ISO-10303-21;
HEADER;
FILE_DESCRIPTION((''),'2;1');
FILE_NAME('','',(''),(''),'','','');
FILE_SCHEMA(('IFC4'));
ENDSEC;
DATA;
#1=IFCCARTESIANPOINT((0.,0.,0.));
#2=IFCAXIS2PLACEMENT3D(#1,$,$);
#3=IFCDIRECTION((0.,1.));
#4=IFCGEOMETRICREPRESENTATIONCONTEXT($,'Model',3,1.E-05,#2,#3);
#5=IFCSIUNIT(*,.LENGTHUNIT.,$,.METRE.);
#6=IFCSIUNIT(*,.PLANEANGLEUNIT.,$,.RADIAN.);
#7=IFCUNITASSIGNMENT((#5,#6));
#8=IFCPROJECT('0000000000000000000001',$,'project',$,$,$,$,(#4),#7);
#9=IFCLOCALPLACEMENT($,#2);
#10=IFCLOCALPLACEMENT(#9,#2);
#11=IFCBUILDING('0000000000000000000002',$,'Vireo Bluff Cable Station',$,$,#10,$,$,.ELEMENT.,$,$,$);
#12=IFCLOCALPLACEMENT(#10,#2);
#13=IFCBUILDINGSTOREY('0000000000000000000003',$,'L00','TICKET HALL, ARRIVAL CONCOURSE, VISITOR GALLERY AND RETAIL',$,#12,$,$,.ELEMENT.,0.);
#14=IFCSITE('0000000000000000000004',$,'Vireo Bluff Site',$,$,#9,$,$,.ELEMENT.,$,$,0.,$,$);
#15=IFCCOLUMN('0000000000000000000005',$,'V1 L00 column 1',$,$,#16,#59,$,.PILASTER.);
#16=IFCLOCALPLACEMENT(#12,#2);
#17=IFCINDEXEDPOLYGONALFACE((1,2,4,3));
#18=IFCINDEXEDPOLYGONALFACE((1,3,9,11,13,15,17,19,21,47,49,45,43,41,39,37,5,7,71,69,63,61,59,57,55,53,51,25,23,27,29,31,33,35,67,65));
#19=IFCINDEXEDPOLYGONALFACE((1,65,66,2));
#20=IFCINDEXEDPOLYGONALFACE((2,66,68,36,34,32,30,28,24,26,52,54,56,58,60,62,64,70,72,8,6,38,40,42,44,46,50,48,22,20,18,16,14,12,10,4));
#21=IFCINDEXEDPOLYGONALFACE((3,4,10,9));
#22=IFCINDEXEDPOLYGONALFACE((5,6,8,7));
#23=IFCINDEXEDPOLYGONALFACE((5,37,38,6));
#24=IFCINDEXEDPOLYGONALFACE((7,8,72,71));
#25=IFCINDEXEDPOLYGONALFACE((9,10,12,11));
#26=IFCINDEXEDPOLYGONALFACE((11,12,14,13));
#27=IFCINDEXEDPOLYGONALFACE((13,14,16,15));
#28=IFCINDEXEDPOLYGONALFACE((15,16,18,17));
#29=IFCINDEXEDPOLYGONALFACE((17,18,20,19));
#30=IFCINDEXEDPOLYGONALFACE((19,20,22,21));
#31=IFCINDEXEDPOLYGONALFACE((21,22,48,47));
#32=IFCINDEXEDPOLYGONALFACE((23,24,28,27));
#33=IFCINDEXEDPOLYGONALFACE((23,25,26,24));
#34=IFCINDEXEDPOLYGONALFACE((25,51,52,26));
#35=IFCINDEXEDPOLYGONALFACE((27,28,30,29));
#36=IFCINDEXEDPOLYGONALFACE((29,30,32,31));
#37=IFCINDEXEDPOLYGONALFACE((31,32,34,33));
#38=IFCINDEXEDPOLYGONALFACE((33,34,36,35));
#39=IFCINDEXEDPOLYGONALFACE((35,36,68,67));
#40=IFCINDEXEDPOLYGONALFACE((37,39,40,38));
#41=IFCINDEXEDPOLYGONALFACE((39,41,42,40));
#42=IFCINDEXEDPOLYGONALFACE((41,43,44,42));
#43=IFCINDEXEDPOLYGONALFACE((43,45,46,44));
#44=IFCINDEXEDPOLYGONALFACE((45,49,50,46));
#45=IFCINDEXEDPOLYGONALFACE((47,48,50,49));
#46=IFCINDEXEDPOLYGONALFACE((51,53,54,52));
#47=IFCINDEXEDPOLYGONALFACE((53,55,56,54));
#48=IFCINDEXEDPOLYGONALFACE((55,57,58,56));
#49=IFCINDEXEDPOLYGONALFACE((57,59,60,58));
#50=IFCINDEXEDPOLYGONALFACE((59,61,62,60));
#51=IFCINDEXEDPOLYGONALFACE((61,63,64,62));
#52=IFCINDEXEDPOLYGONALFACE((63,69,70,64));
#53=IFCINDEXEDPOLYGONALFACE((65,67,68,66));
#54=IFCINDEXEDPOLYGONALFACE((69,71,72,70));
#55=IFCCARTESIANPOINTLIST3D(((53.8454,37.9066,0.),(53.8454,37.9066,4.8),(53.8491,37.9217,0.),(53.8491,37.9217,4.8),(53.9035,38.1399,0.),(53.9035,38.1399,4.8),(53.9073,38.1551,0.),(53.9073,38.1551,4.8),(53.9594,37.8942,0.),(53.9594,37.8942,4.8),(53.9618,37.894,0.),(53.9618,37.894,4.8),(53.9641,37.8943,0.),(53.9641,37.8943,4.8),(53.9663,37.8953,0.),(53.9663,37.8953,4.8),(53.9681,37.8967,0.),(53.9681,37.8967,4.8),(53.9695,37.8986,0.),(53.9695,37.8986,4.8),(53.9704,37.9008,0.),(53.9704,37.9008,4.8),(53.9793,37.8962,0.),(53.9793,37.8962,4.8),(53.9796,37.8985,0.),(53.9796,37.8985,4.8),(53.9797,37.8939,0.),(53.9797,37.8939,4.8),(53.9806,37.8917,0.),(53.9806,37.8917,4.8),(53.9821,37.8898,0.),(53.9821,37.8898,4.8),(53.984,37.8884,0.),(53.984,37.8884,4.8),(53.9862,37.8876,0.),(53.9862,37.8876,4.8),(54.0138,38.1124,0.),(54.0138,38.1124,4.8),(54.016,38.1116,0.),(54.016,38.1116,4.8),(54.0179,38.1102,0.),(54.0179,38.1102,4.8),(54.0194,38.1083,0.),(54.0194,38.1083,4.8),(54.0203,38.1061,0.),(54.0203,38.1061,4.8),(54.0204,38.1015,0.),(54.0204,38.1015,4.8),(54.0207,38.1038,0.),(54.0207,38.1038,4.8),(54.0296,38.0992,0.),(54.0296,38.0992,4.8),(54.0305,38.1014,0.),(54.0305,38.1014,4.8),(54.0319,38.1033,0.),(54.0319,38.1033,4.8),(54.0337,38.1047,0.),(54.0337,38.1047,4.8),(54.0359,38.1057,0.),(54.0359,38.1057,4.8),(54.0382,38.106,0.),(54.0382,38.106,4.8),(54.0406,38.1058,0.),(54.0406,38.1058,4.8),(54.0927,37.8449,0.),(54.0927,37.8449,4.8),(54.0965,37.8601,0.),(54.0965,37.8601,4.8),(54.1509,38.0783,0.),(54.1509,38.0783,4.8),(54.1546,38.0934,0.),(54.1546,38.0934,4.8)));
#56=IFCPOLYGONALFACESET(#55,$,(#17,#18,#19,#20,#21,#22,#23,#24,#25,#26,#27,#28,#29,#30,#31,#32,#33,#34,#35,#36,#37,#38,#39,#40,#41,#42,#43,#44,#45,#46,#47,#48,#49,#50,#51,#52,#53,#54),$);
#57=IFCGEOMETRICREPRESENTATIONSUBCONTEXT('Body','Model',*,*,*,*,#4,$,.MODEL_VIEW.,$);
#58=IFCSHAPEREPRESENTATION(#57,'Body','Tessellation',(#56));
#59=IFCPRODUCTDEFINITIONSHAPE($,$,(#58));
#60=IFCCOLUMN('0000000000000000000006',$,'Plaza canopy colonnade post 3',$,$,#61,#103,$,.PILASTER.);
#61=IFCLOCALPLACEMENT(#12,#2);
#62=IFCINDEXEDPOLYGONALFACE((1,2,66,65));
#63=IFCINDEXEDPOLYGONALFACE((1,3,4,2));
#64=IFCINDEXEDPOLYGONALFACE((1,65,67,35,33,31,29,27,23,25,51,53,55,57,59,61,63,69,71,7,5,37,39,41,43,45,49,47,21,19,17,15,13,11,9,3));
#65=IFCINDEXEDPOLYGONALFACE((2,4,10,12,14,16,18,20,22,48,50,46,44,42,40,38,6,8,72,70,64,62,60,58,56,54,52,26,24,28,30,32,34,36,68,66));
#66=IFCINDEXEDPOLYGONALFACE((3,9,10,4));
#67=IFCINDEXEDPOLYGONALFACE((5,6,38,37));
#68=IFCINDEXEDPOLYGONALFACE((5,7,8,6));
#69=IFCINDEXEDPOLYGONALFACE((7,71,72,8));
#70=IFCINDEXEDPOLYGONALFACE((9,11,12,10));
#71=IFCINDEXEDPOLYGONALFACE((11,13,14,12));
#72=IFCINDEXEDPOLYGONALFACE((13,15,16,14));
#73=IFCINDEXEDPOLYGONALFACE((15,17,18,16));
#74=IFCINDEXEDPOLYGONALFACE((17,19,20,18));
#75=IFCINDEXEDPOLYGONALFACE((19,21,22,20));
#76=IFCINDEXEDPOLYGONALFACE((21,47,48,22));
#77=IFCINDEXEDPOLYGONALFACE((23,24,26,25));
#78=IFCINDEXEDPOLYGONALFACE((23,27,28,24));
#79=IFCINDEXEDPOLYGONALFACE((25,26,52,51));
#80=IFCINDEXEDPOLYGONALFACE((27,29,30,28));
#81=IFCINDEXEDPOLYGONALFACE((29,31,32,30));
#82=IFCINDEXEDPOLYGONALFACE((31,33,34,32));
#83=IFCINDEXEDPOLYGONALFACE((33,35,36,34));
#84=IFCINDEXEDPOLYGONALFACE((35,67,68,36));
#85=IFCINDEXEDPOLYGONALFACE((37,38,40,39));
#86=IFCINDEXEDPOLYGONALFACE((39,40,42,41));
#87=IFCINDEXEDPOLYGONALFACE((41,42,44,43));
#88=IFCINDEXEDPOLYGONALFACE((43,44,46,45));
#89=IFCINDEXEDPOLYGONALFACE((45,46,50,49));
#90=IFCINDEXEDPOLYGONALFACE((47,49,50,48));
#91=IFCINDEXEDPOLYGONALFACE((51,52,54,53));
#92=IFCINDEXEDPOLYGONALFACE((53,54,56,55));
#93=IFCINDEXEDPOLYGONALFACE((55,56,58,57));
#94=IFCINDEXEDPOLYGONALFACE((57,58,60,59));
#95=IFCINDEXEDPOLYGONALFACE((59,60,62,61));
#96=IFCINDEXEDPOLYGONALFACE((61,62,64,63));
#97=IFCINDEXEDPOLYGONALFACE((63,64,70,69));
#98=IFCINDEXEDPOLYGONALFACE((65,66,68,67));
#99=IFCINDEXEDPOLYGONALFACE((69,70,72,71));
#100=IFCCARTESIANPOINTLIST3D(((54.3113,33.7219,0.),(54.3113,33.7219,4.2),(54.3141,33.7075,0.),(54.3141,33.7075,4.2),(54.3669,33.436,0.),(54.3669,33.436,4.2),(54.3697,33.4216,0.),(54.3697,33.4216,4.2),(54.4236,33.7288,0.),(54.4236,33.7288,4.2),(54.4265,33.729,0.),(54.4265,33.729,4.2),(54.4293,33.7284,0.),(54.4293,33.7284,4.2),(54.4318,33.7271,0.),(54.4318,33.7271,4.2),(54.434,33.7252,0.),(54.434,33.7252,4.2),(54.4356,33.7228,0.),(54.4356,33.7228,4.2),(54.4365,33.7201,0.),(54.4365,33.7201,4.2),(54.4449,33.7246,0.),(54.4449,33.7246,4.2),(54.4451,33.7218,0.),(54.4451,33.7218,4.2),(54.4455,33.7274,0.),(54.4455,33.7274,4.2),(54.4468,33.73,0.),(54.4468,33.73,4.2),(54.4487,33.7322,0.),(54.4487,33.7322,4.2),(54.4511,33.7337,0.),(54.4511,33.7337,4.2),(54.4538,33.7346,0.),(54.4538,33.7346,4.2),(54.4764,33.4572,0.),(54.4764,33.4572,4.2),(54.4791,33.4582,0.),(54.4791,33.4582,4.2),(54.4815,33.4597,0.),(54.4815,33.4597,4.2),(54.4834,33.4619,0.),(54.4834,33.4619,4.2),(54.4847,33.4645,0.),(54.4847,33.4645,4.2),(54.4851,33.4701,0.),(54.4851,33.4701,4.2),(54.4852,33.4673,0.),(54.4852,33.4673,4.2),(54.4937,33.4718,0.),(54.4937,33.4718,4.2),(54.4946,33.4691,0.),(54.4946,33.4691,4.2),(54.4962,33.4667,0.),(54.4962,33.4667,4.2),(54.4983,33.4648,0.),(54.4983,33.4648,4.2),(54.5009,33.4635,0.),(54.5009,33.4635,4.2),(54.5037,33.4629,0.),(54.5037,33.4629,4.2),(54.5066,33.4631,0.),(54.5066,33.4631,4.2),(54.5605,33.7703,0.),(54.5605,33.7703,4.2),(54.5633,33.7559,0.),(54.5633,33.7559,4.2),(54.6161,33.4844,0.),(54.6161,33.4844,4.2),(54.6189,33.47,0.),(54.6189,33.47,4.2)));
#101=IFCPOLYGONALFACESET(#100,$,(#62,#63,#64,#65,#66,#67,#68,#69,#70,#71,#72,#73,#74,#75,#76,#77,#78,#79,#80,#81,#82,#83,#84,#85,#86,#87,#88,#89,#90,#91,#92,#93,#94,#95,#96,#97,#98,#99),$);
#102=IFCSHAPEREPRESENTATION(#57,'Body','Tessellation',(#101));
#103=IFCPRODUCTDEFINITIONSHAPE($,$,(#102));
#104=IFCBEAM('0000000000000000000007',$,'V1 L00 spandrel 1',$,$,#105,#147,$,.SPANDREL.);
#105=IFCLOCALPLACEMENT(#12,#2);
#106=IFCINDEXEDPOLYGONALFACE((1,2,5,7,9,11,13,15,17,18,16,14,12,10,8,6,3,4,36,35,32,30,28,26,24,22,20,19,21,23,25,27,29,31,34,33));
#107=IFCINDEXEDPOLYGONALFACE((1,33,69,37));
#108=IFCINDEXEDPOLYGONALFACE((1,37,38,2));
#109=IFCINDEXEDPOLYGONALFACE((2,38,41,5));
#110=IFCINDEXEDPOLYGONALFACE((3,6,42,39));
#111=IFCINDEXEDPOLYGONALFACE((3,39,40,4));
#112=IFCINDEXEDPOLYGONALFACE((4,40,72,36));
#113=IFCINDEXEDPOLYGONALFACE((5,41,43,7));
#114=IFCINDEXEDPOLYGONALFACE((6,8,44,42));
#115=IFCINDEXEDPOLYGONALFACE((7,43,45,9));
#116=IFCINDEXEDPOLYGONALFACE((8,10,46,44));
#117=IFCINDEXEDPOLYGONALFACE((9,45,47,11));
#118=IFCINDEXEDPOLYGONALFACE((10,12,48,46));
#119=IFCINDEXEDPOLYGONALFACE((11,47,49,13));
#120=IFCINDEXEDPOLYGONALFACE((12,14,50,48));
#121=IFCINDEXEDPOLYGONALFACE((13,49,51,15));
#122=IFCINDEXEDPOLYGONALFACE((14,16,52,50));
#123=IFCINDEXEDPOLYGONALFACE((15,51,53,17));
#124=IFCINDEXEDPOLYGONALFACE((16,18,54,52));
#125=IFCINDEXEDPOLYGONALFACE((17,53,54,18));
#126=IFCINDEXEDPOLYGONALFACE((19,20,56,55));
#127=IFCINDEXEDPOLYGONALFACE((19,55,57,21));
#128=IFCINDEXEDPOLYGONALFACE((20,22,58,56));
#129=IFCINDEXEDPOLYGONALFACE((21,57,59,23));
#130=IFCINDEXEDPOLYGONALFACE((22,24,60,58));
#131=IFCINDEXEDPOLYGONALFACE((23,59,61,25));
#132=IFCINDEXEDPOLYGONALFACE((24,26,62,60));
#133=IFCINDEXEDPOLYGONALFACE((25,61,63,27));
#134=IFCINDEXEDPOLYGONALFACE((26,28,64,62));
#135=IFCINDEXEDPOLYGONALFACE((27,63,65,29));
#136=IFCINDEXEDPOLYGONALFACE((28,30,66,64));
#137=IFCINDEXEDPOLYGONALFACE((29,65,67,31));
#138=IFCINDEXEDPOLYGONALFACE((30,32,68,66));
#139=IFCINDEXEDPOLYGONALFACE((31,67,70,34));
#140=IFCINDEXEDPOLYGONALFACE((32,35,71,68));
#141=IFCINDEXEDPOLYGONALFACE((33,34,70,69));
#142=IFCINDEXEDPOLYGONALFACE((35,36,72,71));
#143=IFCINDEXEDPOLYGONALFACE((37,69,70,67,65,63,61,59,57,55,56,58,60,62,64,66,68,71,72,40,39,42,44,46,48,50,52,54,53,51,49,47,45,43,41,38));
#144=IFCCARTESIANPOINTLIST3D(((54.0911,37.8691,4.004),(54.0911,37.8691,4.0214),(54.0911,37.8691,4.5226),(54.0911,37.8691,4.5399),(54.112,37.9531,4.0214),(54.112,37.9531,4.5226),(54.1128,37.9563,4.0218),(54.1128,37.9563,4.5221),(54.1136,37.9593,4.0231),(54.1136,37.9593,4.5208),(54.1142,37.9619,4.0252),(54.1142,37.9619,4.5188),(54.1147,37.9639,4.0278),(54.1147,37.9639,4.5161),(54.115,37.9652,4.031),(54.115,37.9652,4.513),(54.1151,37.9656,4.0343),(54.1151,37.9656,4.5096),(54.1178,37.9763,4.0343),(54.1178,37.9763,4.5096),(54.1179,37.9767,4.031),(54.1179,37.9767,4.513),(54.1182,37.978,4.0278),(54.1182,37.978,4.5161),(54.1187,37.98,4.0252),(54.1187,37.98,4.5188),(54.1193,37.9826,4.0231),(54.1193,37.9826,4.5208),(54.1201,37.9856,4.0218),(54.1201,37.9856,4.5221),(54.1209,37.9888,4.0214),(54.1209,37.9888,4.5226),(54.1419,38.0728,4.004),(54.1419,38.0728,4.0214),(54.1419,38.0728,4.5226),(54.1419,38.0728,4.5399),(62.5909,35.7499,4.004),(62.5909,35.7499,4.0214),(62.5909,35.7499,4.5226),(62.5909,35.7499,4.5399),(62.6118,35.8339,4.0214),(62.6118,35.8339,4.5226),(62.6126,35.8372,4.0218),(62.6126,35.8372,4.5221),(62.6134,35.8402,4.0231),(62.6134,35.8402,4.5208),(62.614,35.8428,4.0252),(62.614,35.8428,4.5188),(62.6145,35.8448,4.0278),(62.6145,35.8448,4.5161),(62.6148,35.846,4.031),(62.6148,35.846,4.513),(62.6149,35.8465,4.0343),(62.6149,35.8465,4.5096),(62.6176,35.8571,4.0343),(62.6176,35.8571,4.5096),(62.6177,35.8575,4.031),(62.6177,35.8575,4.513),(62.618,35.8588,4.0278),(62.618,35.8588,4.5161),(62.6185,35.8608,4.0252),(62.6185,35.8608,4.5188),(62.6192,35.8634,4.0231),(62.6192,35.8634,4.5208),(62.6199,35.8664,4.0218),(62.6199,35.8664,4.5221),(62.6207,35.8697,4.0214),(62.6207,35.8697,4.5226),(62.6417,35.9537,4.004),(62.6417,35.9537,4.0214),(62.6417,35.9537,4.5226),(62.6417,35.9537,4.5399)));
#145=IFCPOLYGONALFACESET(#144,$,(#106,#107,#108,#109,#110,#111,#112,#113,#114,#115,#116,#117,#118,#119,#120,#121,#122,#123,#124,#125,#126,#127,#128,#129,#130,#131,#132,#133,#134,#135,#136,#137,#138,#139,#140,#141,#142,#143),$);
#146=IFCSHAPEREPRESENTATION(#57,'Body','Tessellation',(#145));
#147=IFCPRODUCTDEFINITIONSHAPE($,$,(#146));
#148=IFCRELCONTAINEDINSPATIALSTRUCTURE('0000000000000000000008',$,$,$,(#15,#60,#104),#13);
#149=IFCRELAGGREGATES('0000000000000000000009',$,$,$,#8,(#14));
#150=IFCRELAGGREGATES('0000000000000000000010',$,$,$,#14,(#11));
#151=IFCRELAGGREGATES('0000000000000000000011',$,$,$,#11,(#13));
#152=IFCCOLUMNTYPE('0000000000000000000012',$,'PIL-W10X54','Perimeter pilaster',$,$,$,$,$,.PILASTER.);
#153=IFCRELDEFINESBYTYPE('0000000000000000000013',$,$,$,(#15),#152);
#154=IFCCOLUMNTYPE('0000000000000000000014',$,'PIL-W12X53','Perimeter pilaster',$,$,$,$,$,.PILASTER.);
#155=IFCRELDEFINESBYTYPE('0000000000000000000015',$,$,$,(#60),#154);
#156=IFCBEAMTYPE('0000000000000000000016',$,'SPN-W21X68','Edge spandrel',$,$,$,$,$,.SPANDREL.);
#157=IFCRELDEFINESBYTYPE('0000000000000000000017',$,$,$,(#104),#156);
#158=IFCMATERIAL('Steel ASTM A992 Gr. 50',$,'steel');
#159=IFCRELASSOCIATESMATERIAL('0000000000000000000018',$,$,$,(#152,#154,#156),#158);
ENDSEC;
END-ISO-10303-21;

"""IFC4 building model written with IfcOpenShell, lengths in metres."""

from ifc_helpers import new_model, si_unit, direction, frame, origin, origin_2d, place, context, subcontext, project, spatial, i_section, extrude, material, material_profile, profile_set, type_object, element, save


model = new_model("IFC4")

# Units and contexts
model_context = context("Model", 3, precision=1e-05, world=origin(), true_north=direction((0.0, 1.0)))
body_context = subcontext(model_context, "Body", "Model", "MODEL_VIEW")
ifc_project = project(units=[si_unit("LENGTHUNIT", "METRE"), si_unit("PLANEANGLEUNIT", "RADIAN")], contexts=[model_context])

# Site, building, storey
site_placement = place(None, origin())
site = spatial("IfcSite", under=ifc_project, at=site_placement, Name="Vireo Bluff Site", CompositionType="ELEMENT", RefElevation=0.0)
building_placement = place(site_placement, origin())
building = spatial("IfcBuilding", under=site, at=building_placement, Name="Vireo Bluff Cable Station", CompositionType="ELEMENT")
storey_placement = place(building_placement, origin())
storey = spatial("IfcBuildingStorey", under=building, at=storey_placement, Name="L00", Description="TICKET HALL, ARRIVAL CONCOURSE, VISITOR GALLERY AND RETAIL", CompositionType="ELEMENT", Elevation=0.0)

# Columns
ifc_material_1 = material(Name="Steel ASTM A992 Gr. 50", Category="steel")
ifc_material_profile_1 = material_profile(ifc_material_1, i_section(OverallWidth=0.2549, OverallDepth=0.2561, WebThickness=0.0095, FlangeThickness=0.0156, FilletRadius=0.009, at=origin_2d()), Name="W10X54")
ifc_profile_set_1 = profile_set([ifc_material_profile_1], Name="Steel ASTM A992 Gr. 50")
column_type_1 = type_object("IfcColumnType", Name="PIL-W10X54", Description="Perimeter pilaster", PredefinedType="PILASTER", material=ifc_profile_set_1)
column_1_placement = place(storey_placement, frame((54.0, 38.0, 0.0), z_axis=(0.0, 0.0, 1.0), x_axis=(0.970296, -0.241922, 0.0)))
element("IfcColumn", 1, at=column_1_placement, inside=storey, type_object=column_type_1, Name="V1 L00 column 1", PredefinedType="PILASTER", context=body_context, shape_type="SweptSolid", body=[
    extrude(i_section(OverallWidth=0.2549, OverallDepth=0.2561, WebThickness=0.0095, FlangeThickness=0.0156, FilletRadius=0.009, at=origin_2d()), origin(), (0.0, 0.0, 1.0), 4.8),
])
ifc_material_profile_2 = material_profile(ifc_material_1, i_section(OverallWidth=0.2539, OverallDepth=0.3059, WebThickness=0.0088, FlangeThickness=0.0146, FilletRadius=0.011, at=origin_2d()), Name="W12X53")
ifc_profile_set_2 = profile_set([ifc_material_profile_2], Name="Steel ASTM A992 Gr. 50")
column_type_2 = type_object("IfcColumnType", Name="PIL-W12X53", Description="Perimeter pilaster", PredefinedType="PILASTER", material=ifc_profile_set_2)
column_2_placement = place(storey_placement, frame((54.4651, 33.5959, 0.0), z_axis=(0.0, 0.0, 1.0), x_axis=(0.981627, 0.190809, 0.0)))
element("IfcColumn", 2, at=column_2_placement, inside=storey, type_object=column_type_2, Name="Plaza canopy colonnade post 3", PredefinedType="PILASTER", context=body_context, shape_type="SweptSolid", body=[
    extrude(i_section(OverallWidth=0.2539, OverallDepth=0.3059, WebThickness=0.0088, FlangeThickness=0.0146, FilletRadius=0.011, at=origin_2d()), origin(), (0.0, 0.0, 1.0), 4.2),
])

# Beam
ifc_material_profile_3 = material_profile(ifc_material_1, i_section(OverallWidth=0.21, OverallDepth=0.5359, WebThickness=0.011, FlangeThickness=0.0173, FilletRadius=0.0129, at=origin_2d()), Name="W21X68")
ifc_profile_set_3 = profile_set([ifc_material_profile_3], Name="Steel ASTM A992 Gr. 50")
beam_type_1 = type_object("IfcBeamType", Name="SPN-W21X68", Description="Edge spandrel", PredefinedType="SPANDREL", material=ifc_profile_set_3)
beam_1_placement = place(storey_placement, frame((54.1165, 37.9709, 4.272), z_axis=(0.970298, -0.241913, 0.0), x_axis=(0.241913, 0.970298, 0.0)))
element("IfcBeam", 3, at=beam_1_placement, inside=storey, type_object=beam_type_1, Name="V1 L00 spandrel 1", PredefinedType="SPANDREL", context=body_context, shape_type="SweptSolid", body=[
    extrude(i_section(OverallWidth=0.21, OverallDepth=0.5359, WebThickness=0.011, FlangeThickness=0.0173, FilletRadius=0.0129, at=origin_2d()), origin(), (0.0, 0.0, 1.0), 8.76),
])

save(model, "model.ifc")
